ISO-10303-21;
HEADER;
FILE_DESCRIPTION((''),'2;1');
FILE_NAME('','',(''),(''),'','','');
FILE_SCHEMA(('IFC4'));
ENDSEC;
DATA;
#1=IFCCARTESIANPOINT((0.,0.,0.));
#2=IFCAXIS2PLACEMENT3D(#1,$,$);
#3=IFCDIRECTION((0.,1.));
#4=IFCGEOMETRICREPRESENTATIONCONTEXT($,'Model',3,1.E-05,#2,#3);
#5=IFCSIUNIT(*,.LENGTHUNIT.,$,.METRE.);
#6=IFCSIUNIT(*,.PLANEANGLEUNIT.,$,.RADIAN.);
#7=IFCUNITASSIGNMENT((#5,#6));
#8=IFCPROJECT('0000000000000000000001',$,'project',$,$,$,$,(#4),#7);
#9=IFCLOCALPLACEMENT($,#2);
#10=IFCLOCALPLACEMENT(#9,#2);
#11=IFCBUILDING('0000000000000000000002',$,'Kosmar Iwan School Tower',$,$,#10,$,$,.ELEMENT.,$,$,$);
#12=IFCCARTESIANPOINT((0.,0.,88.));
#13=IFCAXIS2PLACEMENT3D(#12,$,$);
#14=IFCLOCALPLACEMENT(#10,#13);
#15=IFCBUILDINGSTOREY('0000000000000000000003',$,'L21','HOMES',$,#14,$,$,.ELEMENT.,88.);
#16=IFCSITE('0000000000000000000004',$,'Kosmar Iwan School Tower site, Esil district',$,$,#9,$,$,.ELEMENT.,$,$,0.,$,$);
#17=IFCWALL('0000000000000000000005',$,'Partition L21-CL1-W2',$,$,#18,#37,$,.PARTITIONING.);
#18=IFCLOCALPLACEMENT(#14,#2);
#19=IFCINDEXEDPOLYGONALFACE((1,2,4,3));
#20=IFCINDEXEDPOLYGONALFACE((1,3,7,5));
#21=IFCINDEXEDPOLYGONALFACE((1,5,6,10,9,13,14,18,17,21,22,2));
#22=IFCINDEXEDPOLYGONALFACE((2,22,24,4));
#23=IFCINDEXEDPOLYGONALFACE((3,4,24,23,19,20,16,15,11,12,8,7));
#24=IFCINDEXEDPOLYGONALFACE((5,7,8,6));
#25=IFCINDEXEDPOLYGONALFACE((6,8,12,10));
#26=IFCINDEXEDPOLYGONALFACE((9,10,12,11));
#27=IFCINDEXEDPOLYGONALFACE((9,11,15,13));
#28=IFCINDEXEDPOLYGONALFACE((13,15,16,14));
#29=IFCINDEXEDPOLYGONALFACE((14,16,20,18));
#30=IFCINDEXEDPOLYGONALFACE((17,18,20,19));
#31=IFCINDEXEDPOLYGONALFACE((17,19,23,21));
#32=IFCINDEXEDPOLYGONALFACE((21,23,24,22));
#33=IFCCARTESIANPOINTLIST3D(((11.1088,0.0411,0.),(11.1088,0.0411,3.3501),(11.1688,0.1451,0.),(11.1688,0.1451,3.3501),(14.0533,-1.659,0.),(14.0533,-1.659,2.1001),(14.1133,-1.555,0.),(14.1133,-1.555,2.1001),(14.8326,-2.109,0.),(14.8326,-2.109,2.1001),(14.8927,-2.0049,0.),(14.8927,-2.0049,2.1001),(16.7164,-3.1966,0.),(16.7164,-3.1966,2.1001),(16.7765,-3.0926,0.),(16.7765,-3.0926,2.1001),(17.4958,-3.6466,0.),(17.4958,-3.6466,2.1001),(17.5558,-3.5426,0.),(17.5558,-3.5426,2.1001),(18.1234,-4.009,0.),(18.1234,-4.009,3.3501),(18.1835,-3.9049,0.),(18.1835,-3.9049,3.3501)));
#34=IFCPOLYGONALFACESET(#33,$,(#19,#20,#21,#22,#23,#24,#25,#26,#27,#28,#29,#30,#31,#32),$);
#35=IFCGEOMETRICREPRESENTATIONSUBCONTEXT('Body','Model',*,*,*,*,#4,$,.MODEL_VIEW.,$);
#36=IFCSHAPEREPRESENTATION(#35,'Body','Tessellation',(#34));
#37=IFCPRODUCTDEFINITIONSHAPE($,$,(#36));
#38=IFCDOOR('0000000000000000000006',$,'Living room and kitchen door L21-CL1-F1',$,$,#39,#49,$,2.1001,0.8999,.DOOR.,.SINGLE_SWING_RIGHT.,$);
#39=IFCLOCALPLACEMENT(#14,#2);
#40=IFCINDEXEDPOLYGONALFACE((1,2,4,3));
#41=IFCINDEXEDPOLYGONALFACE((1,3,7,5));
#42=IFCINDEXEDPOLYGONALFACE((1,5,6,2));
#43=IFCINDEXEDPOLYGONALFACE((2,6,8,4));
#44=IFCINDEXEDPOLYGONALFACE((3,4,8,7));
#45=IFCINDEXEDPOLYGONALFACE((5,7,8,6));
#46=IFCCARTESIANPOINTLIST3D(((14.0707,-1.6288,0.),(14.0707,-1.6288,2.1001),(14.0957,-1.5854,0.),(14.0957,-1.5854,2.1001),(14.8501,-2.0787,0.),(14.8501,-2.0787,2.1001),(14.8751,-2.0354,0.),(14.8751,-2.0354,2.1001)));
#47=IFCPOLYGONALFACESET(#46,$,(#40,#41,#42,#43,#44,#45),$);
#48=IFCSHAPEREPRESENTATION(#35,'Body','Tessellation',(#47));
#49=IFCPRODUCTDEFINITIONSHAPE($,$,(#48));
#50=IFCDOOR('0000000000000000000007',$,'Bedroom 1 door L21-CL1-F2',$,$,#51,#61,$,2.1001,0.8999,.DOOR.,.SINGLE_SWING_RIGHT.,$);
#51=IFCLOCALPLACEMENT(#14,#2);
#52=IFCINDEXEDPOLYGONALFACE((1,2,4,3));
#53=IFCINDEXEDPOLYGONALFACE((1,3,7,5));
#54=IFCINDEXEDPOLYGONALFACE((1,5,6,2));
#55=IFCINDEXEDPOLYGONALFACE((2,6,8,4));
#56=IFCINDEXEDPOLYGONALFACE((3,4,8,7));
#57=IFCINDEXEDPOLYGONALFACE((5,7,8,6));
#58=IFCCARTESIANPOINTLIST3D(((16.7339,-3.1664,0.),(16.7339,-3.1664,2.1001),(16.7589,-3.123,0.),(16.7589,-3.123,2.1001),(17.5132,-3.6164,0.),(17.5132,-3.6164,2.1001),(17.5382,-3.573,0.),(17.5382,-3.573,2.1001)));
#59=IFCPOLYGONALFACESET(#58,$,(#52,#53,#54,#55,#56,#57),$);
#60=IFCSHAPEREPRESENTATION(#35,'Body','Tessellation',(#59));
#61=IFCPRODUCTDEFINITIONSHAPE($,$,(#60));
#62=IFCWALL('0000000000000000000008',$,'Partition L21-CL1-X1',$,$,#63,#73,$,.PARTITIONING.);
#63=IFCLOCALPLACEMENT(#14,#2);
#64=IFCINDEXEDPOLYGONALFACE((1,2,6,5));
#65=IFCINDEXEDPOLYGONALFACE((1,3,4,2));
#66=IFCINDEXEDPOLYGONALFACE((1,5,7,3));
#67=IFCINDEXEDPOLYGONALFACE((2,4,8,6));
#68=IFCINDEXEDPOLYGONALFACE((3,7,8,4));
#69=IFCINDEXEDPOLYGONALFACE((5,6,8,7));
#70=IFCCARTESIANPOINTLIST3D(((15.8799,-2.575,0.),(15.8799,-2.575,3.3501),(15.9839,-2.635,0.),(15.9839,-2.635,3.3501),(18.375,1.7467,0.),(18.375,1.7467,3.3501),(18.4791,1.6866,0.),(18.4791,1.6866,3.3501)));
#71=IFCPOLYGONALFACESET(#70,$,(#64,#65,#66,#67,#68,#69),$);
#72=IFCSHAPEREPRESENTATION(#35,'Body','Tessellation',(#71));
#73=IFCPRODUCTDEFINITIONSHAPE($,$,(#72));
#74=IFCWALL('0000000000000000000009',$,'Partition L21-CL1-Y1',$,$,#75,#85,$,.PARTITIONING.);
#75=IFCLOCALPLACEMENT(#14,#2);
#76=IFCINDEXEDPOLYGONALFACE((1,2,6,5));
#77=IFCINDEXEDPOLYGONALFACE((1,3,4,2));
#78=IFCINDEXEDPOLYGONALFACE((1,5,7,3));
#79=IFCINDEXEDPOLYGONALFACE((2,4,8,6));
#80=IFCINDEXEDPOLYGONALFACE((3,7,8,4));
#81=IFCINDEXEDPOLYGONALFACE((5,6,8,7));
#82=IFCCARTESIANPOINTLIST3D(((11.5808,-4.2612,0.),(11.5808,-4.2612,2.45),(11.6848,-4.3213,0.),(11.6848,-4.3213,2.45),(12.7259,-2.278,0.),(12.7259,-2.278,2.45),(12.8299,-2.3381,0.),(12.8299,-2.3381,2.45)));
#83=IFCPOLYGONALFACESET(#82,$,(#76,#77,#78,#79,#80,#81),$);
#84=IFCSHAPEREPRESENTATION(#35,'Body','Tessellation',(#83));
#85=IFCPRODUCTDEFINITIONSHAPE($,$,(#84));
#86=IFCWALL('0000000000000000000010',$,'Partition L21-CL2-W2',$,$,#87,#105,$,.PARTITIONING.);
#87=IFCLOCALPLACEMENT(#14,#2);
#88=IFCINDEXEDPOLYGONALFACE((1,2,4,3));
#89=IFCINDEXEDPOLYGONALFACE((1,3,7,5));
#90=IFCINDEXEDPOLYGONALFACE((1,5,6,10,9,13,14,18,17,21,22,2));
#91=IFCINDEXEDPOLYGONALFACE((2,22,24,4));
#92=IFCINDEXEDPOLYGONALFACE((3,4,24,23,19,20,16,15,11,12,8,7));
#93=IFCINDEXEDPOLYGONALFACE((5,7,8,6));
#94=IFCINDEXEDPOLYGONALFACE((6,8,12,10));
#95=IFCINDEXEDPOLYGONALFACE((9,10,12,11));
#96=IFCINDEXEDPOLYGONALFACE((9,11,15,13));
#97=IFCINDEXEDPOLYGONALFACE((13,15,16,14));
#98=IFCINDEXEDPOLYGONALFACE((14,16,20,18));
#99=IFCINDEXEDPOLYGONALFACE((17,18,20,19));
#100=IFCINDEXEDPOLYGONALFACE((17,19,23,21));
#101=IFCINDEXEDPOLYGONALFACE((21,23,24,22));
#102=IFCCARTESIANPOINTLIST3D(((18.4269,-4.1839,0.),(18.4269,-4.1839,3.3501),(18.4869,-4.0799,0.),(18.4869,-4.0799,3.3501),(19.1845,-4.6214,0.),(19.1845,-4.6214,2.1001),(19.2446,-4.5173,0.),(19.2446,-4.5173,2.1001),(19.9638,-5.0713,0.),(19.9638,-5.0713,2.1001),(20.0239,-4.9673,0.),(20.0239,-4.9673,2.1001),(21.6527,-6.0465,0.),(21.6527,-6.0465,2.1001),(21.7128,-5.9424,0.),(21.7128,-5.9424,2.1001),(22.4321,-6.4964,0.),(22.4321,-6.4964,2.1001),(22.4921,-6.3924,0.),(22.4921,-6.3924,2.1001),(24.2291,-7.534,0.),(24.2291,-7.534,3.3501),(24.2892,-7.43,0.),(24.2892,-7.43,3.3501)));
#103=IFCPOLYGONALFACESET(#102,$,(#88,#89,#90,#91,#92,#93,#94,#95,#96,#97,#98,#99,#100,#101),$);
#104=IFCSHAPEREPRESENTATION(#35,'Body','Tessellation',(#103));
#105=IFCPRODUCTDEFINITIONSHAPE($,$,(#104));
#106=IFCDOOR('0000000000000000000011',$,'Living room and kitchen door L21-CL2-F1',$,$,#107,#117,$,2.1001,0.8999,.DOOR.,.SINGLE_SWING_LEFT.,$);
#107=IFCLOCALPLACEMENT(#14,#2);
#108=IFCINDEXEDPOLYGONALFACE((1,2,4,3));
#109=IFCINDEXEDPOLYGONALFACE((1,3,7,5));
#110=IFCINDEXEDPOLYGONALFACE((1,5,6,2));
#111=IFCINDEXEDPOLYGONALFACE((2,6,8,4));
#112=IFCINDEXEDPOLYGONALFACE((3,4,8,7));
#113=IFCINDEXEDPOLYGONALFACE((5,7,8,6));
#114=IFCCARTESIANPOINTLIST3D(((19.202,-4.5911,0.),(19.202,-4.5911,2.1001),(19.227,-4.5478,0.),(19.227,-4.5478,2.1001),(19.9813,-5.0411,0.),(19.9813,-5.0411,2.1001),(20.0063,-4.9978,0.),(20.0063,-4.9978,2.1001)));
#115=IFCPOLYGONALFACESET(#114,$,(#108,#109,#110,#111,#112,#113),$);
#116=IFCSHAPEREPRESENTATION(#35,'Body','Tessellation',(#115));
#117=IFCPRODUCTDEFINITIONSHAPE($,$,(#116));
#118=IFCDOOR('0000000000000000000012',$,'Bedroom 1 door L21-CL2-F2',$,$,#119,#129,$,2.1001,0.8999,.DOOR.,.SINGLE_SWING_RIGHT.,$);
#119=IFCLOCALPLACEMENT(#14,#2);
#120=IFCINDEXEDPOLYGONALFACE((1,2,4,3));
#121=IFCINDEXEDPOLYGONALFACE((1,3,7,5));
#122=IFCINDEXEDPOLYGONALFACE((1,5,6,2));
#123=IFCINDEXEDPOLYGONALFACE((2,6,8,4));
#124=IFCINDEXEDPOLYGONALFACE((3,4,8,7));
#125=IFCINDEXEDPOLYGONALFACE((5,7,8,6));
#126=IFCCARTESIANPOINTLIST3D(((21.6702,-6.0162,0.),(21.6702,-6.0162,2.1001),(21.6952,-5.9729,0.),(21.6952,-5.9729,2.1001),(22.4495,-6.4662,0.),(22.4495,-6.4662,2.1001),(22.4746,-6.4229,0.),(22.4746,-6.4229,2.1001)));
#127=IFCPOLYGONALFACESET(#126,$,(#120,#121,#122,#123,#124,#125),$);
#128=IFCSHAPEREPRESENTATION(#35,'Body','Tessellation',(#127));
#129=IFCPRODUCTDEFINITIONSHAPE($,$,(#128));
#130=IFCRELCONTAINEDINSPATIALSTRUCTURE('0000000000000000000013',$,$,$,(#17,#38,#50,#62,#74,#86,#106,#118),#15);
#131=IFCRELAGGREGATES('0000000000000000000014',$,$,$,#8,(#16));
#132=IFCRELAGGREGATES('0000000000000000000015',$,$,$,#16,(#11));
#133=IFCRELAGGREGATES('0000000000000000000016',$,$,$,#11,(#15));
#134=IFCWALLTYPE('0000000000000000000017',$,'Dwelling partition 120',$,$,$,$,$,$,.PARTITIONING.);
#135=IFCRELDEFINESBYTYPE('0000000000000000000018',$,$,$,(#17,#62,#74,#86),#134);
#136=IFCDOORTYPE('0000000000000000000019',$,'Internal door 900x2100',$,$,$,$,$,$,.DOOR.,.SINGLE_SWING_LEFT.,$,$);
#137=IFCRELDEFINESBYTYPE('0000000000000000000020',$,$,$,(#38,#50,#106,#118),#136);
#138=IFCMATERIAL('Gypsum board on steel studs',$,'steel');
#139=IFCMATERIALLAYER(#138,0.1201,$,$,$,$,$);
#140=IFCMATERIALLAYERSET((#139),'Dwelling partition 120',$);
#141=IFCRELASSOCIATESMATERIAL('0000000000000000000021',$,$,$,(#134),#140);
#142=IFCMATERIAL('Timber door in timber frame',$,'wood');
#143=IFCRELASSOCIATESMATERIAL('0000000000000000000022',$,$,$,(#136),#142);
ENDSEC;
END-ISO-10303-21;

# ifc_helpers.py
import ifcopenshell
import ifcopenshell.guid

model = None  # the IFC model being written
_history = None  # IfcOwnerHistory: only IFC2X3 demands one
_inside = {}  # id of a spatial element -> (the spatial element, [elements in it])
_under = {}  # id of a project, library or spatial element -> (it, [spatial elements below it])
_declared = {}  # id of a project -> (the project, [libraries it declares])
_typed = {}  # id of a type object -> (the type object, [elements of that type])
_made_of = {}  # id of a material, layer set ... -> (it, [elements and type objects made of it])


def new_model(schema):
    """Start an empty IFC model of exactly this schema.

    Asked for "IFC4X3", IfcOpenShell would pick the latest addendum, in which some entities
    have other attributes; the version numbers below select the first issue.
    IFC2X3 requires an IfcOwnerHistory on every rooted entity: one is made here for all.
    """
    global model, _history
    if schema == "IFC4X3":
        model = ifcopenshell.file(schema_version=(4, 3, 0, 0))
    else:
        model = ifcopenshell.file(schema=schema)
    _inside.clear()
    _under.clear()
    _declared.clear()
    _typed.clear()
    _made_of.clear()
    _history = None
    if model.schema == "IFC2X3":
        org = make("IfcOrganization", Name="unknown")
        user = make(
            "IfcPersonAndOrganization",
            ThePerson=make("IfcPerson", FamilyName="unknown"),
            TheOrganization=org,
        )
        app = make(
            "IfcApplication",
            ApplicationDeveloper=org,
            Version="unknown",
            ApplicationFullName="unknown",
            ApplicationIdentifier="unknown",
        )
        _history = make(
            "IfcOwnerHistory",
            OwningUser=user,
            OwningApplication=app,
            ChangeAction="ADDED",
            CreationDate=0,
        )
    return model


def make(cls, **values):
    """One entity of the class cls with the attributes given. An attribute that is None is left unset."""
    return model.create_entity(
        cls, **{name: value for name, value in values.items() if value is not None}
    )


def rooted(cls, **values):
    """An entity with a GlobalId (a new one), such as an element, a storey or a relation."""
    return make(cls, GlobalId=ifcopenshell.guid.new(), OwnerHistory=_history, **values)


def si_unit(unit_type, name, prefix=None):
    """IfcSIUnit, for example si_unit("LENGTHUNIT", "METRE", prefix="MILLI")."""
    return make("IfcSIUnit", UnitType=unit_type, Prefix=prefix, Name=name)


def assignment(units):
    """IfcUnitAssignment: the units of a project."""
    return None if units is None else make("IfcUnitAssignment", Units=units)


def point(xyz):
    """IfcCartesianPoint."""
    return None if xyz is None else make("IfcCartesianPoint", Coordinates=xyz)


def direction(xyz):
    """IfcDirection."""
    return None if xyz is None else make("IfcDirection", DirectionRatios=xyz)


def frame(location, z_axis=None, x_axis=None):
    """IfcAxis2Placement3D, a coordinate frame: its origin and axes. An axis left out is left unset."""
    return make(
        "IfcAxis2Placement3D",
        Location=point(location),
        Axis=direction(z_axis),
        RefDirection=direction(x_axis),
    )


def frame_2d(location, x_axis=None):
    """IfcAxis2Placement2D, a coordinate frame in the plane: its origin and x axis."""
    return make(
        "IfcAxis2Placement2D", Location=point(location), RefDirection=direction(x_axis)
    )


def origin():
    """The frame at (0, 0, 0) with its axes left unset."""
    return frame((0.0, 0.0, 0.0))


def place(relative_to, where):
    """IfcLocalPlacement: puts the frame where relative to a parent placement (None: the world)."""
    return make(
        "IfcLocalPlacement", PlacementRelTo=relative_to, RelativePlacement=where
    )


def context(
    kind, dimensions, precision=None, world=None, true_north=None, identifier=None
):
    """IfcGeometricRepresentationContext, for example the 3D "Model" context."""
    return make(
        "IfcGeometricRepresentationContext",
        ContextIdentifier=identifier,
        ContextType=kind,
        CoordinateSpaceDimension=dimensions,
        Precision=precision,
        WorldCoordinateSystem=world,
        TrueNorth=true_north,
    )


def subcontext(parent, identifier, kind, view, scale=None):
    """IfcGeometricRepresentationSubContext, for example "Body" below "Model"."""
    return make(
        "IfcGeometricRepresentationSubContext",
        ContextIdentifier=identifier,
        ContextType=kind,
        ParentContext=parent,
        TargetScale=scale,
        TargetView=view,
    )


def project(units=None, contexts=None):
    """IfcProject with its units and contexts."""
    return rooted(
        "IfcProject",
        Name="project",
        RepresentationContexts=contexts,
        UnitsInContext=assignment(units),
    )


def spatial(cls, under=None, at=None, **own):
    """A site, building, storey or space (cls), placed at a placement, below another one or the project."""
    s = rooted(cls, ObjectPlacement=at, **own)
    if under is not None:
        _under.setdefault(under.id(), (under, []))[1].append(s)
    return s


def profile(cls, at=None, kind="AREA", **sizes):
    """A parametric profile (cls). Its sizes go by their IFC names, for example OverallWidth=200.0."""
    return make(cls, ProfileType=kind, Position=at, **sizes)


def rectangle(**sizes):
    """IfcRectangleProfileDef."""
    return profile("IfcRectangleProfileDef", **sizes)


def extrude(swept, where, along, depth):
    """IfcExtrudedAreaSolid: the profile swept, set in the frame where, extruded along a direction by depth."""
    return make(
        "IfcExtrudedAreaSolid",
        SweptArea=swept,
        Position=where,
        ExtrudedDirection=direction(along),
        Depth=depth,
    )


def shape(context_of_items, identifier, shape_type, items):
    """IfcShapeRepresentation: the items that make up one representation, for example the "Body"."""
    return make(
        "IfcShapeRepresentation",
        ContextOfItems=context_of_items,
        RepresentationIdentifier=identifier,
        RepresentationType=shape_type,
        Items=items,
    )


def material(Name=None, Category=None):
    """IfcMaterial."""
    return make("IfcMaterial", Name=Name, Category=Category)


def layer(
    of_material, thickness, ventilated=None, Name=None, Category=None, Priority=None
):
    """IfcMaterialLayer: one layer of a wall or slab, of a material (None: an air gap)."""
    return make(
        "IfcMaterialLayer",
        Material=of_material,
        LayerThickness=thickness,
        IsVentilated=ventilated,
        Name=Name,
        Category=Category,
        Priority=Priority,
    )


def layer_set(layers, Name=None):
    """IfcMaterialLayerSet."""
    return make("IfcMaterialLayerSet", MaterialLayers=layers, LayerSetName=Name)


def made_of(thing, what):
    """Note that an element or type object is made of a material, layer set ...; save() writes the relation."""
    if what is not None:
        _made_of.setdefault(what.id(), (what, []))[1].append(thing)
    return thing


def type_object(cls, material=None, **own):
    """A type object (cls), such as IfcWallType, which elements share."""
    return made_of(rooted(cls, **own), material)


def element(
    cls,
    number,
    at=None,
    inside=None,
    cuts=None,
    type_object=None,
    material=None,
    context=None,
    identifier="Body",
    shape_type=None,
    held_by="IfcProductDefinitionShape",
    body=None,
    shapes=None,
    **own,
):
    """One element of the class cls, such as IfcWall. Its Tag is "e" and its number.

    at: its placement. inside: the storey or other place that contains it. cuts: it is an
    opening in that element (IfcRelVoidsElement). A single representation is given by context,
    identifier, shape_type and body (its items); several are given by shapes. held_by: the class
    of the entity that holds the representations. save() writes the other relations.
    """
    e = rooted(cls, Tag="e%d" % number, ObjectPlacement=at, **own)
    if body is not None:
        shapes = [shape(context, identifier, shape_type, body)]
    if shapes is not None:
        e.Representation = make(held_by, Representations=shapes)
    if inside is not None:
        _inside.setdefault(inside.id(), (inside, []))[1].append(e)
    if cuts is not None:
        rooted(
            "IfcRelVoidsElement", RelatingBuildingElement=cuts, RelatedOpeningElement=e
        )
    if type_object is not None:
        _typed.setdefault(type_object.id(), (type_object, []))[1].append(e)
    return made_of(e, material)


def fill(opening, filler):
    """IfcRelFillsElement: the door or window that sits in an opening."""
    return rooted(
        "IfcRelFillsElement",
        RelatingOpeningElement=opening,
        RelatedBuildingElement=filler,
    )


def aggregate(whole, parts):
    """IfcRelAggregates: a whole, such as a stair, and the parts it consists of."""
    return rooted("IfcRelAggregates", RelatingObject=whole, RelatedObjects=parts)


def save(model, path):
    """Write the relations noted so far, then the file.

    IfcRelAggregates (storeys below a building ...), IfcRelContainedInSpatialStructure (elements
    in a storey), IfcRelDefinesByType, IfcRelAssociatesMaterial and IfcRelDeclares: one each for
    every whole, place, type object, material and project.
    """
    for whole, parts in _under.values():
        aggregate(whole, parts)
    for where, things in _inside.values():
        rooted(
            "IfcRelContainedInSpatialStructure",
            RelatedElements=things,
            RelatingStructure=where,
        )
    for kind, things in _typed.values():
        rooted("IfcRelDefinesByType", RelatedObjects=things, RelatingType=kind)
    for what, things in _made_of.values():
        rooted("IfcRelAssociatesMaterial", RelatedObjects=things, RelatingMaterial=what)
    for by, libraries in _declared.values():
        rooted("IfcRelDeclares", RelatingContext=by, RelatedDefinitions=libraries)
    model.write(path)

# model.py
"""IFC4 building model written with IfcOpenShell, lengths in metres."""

from ifc_helpers import new_model, si_unit, direction, frame, frame_2d, origin, place, context, subcontext, project, spatial, rectangle, extrude, material, layer, layer_set, type_object, element, fill, save


model = new_model("IFC4")

# Units and contexts
model_context = context("Model", 3, precision=1e-05, world=origin(), true_north=direction((0.0, 1.0)))
body_context = subcontext(model_context, "Body", "Model", "MODEL_VIEW")
ifc_project = project(units=[si_unit("LENGTHUNIT", "METRE"), si_unit("PLANEANGLEUNIT", "RADIAN")], contexts=[model_context])

# Site, building, storey
site_placement = place(None, origin())
site = spatial("IfcSite", under=ifc_project, at=site_placement, Name="Kosmar Iwan School Tower site, Esil district", CompositionType="ELEMENT", RefElevation=0.0)
building_placement = place(site_placement, origin())
building = spatial("IfcBuilding", under=site, at=building_placement, Name="Kosmar Iwan School Tower", CompositionType="ELEMENT")
storey_placement = place(building_placement, frame((0.0, 0.0, 88.0)))
storey = spatial("IfcBuildingStorey", under=building, at=storey_placement, Name="L21", Description="HOMES", CompositionType="ELEMENT", Elevation=88.0)

# Wall, openings, doors
ifc_material_1 = material(Name="Gypsum board on steel studs", Category="steel")
ifc_layer = layer(ifc_material_1, 0.1201)
ifc_layer_set = layer_set([ifc_layer], Name="Dwelling partition 120")
wall_type = type_object("IfcWallType", Name="Dwelling partition 120", PredefinedType="PARTITIONING", material=ifc_layer_set)
wall_1_placement = place(storey_placement, frame((11.1389, 0.093, 0.0), z_axis=(0.0, 0.0, 1.0), x_axis=(0.866018, -0.500013, 0.0)))
wall_1 = element("IfcWall", 1, at=wall_1_placement, inside=storey, type_object=wall_type, Name="Partition L21-CL1-W2", PredefinedType="PARTITIONING", context=body_context, shape_type="SweptSolid", body=[
    extrude(rectangle(XDim=8.0999, YDim=0.1201, at=frame_2d((4.0498, 0.0))), origin(), (0.0, 0.0, 1.0), 3.3501),
])
opening_1_placement = place(wall_1_placement, frame((3.3999, 0.0, 0.0)))
opening_1 = element("IfcOpeningElement", 2, at=opening_1_placement, cuts=wall_1, PredefinedType="OPENING", context=body_context, shape_type="SweptSolid", body=[
    extrude(rectangle(XDim=0.8999, YDim=2.1001, at=frame_2d((0.45, 1.05))), frame((0.0, 0.072, 0.0), z_axis=(0.0, -1.0, 0.0), x_axis=(1.0, 0.0, 0.0)), (0.0, 0.0, 1.0), 0.144),
])
opening_2_placement = place(wall_1_placement, frame((6.4751, 0.0, 0.0)))
opening_2 = element("IfcOpeningElement", 3, at=opening_2_placement, cuts=wall_1, PredefinedType="OPENING", context=body_context, shape_type="SweptSolid", body=[
    extrude(rectangle(XDim=0.8999, YDim=2.1001, at=frame_2d((0.45, 1.05))), frame((0.0, 0.072, 0.0), z_axis=(0.0, -1.0, 0.0), x_axis=(1.0, 0.0, 0.0)), (0.0, 0.0, 1.0), 0.144),
])
ifc_material_2 = material(Name="Timber door in timber frame", Category="wood")
door_type = type_object("IfcDoorType", Name="Internal door 900x2100", OperationType="SINGLE_SWING_LEFT", PredefinedType="DOOR", material=ifc_material_2)
door_1_placement = place(opening_1_placement, origin())
door_1 = element("IfcDoor", 4, at=door_1_placement, inside=storey, type_object=door_type, Name="Living room and kitchen door L21-CL1-F1", OperationType="SINGLE_SWING_RIGHT", OverallHeight=2.1001, OverallWidth=0.8999, PredefinedType="DOOR", context=body_context, shape_type="SweptSolid", body=[
    extrude(rectangle(XDim=0.8999, YDim=2.1001, at=frame_2d((0.45, 1.05))), frame((0.0, 0.0249, 0.0), z_axis=(0.0, -1.0, 0.0), x_axis=(1.0, 0.0, 0.0)), (0.0, 0.0, 1.0), 0.05),
])
fill(opening_1, door_1)
door_2_placement = place(opening_2_placement, origin())
door_2 = element("IfcDoor", 5, at=door_2_placement, inside=storey, type_object=door_type, Name="Bedroom 1 door L21-CL1-F2", OperationType="SINGLE_SWING_RIGHT", OverallHeight=2.1001, OverallWidth=0.8999, PredefinedType="DOOR", context=body_context, shape_type="SweptSolid", body=[
    extrude(rectangle(XDim=0.8999, YDim=2.1001, at=frame_2d((0.45, 1.05))), frame((0.0, 0.0249, 0.0), z_axis=(0.0, -1.0, 0.0), x_axis=(1.0, 0.0, 0.0)), (0.0, 0.0, 1.0), 0.05),
])
fill(opening_2, door_2)

# Walls
wall_2_placement = place(storey_placement, frame((15.9319, -2.605, 0.0), z_axis=(0.0, 0.0, 1.0), x_axis=(0.500012, 0.866019, 0.0)))
element("IfcWall", 6, at=wall_2_placement, inside=storey, type_object=wall_type, Name="Partition L21-CL1-X1", PredefinedType="PARTITIONING", context=body_context, shape_type="SweptSolid", body=[
    extrude(rectangle(XDim=4.9902, YDim=0.1201, at=frame_2d((2.4951, 0.0))), origin(), (0.0, 0.0, 1.0), 3.3501),
])
wall_3_placement = place(storey_placement, frame((11.6328, -4.2913, 0.0), z_axis=(0.0, 0.0, 1.0), x_axis=(0.500015, 0.866017, 0.0)))
element("IfcWall", 7, at=wall_3_placement, inside=storey, type_object=wall_type, Name="Partition L21-CL1-Y1", PredefinedType="PARTITIONING", context=body_context, shape_type="SweptSolid", body=[
    extrude(rectangle(XDim=2.29, YDim=0.1201, at=frame_2d((1.145, 0.0))), origin(), (0.0, 0.0, 1.0), 2.45),
])

# Wall, openings, doors
wall_4_placement = place(storey_placement, frame((18.4568, -4.1318, 0.0), z_axis=(0.0, 0.0, 1.0), x_axis=(0.866014, -0.500019, 0.0)))
wall_4 = element("IfcWall", 8, at=wall_4_placement, inside=storey, type_object=wall_type, Name="Partition L21-CL2-W2", PredefinedType="PARTITIONING", context=body_context, shape_type="SweptSolid", body=[
    extrude(rectangle(XDim=6.7, YDim=0.1201, at=frame_2d((3.3501, 0.0))), origin(), (0.0, 0.0, 1.0), 3.3501),
])
opening_3_placement = place(wall_4_placement, frame((0.875, 0.0, 0.0)))
opening_3 = element("IfcOpeningElement", 9, at=opening_3_placement, cuts=wall_4, PredefinedType="OPENING", context=body_context, shape_type="SweptSolid", body=[
    extrude(rectangle(XDim=0.8999, YDim=2.1001, at=frame_2d((0.45, 1.05))), frame((0.0, 0.072, 0.0), z_axis=(0.0, -1.0, 0.0), x_axis=(1.0, 0.0, 0.0)), (0.0, 0.0, 1.0), 0.144),
])
opening_4_placement = place(wall_4_placement, frame((3.7251, 0.0, 0.0)))
opening_4 = element("IfcOpeningElement", 10, at=opening_4_placement, cuts=wall_4, PredefinedType="OPENING", context=body_context, shape_type="SweptSolid", body=[
    extrude(rectangle(XDim=0.8999, YDim=2.1001, at=frame_2d((0.45, 1.05))), frame((0.0, 0.072, 0.0), z_axis=(0.0, -1.0, 0.0), x_axis=(1.0, 0.0, 0.0)), (0.0, 0.0, 1.0), 0.144),
])
door_3_placement = place(opening_3_placement, origin())
door_3 = element("IfcDoor", 11, at=door_3_placement, inside=storey, type_object=door_type, Name="Living room and kitchen door L21-CL2-F1", OperationType="SINGLE_SWING_LEFT", OverallHeight=2.1001, OverallWidth=0.8999, PredefinedType="DOOR", context=body_context, shape_type="SweptSolid", body=[
    extrude(rectangle(XDim=0.8999, YDim=2.1001, at=frame_2d((0.45, 1.05))), frame((0.0, 0.0249, 0.0), z_axis=(0.0, -1.0, 0.0), x_axis=(1.0, 0.0, 0.0)), (0.0, 0.0, 1.0), 0.05),
])
fill(opening_3, door_3)
door_4_placement = place(opening_4_placement, origin())
door_4 = element("IfcDoor", 12, at=door_4_placement, inside=storey, type_object=door_type, Name="Bedroom 1 door L21-CL2-F2", OperationType="SINGLE_SWING_RIGHT", OverallHeight=2.1001, OverallWidth=0.8999, PredefinedType="DOOR", context=body_context, shape_type="SweptSolid", body=[
    extrude(rectangle(XDim=0.8999, YDim=2.1001, at=frame_2d((0.45, 1.05))), frame((0.0, 0.0249, 0.0), z_axis=(0.0, -1.0, 0.0), x_axis=(1.0, 0.0, 0.0)), (0.0, 0.0, 1.0), 0.05),
])
fill(opening_4, door_4)

save(model, "model.ifc")
